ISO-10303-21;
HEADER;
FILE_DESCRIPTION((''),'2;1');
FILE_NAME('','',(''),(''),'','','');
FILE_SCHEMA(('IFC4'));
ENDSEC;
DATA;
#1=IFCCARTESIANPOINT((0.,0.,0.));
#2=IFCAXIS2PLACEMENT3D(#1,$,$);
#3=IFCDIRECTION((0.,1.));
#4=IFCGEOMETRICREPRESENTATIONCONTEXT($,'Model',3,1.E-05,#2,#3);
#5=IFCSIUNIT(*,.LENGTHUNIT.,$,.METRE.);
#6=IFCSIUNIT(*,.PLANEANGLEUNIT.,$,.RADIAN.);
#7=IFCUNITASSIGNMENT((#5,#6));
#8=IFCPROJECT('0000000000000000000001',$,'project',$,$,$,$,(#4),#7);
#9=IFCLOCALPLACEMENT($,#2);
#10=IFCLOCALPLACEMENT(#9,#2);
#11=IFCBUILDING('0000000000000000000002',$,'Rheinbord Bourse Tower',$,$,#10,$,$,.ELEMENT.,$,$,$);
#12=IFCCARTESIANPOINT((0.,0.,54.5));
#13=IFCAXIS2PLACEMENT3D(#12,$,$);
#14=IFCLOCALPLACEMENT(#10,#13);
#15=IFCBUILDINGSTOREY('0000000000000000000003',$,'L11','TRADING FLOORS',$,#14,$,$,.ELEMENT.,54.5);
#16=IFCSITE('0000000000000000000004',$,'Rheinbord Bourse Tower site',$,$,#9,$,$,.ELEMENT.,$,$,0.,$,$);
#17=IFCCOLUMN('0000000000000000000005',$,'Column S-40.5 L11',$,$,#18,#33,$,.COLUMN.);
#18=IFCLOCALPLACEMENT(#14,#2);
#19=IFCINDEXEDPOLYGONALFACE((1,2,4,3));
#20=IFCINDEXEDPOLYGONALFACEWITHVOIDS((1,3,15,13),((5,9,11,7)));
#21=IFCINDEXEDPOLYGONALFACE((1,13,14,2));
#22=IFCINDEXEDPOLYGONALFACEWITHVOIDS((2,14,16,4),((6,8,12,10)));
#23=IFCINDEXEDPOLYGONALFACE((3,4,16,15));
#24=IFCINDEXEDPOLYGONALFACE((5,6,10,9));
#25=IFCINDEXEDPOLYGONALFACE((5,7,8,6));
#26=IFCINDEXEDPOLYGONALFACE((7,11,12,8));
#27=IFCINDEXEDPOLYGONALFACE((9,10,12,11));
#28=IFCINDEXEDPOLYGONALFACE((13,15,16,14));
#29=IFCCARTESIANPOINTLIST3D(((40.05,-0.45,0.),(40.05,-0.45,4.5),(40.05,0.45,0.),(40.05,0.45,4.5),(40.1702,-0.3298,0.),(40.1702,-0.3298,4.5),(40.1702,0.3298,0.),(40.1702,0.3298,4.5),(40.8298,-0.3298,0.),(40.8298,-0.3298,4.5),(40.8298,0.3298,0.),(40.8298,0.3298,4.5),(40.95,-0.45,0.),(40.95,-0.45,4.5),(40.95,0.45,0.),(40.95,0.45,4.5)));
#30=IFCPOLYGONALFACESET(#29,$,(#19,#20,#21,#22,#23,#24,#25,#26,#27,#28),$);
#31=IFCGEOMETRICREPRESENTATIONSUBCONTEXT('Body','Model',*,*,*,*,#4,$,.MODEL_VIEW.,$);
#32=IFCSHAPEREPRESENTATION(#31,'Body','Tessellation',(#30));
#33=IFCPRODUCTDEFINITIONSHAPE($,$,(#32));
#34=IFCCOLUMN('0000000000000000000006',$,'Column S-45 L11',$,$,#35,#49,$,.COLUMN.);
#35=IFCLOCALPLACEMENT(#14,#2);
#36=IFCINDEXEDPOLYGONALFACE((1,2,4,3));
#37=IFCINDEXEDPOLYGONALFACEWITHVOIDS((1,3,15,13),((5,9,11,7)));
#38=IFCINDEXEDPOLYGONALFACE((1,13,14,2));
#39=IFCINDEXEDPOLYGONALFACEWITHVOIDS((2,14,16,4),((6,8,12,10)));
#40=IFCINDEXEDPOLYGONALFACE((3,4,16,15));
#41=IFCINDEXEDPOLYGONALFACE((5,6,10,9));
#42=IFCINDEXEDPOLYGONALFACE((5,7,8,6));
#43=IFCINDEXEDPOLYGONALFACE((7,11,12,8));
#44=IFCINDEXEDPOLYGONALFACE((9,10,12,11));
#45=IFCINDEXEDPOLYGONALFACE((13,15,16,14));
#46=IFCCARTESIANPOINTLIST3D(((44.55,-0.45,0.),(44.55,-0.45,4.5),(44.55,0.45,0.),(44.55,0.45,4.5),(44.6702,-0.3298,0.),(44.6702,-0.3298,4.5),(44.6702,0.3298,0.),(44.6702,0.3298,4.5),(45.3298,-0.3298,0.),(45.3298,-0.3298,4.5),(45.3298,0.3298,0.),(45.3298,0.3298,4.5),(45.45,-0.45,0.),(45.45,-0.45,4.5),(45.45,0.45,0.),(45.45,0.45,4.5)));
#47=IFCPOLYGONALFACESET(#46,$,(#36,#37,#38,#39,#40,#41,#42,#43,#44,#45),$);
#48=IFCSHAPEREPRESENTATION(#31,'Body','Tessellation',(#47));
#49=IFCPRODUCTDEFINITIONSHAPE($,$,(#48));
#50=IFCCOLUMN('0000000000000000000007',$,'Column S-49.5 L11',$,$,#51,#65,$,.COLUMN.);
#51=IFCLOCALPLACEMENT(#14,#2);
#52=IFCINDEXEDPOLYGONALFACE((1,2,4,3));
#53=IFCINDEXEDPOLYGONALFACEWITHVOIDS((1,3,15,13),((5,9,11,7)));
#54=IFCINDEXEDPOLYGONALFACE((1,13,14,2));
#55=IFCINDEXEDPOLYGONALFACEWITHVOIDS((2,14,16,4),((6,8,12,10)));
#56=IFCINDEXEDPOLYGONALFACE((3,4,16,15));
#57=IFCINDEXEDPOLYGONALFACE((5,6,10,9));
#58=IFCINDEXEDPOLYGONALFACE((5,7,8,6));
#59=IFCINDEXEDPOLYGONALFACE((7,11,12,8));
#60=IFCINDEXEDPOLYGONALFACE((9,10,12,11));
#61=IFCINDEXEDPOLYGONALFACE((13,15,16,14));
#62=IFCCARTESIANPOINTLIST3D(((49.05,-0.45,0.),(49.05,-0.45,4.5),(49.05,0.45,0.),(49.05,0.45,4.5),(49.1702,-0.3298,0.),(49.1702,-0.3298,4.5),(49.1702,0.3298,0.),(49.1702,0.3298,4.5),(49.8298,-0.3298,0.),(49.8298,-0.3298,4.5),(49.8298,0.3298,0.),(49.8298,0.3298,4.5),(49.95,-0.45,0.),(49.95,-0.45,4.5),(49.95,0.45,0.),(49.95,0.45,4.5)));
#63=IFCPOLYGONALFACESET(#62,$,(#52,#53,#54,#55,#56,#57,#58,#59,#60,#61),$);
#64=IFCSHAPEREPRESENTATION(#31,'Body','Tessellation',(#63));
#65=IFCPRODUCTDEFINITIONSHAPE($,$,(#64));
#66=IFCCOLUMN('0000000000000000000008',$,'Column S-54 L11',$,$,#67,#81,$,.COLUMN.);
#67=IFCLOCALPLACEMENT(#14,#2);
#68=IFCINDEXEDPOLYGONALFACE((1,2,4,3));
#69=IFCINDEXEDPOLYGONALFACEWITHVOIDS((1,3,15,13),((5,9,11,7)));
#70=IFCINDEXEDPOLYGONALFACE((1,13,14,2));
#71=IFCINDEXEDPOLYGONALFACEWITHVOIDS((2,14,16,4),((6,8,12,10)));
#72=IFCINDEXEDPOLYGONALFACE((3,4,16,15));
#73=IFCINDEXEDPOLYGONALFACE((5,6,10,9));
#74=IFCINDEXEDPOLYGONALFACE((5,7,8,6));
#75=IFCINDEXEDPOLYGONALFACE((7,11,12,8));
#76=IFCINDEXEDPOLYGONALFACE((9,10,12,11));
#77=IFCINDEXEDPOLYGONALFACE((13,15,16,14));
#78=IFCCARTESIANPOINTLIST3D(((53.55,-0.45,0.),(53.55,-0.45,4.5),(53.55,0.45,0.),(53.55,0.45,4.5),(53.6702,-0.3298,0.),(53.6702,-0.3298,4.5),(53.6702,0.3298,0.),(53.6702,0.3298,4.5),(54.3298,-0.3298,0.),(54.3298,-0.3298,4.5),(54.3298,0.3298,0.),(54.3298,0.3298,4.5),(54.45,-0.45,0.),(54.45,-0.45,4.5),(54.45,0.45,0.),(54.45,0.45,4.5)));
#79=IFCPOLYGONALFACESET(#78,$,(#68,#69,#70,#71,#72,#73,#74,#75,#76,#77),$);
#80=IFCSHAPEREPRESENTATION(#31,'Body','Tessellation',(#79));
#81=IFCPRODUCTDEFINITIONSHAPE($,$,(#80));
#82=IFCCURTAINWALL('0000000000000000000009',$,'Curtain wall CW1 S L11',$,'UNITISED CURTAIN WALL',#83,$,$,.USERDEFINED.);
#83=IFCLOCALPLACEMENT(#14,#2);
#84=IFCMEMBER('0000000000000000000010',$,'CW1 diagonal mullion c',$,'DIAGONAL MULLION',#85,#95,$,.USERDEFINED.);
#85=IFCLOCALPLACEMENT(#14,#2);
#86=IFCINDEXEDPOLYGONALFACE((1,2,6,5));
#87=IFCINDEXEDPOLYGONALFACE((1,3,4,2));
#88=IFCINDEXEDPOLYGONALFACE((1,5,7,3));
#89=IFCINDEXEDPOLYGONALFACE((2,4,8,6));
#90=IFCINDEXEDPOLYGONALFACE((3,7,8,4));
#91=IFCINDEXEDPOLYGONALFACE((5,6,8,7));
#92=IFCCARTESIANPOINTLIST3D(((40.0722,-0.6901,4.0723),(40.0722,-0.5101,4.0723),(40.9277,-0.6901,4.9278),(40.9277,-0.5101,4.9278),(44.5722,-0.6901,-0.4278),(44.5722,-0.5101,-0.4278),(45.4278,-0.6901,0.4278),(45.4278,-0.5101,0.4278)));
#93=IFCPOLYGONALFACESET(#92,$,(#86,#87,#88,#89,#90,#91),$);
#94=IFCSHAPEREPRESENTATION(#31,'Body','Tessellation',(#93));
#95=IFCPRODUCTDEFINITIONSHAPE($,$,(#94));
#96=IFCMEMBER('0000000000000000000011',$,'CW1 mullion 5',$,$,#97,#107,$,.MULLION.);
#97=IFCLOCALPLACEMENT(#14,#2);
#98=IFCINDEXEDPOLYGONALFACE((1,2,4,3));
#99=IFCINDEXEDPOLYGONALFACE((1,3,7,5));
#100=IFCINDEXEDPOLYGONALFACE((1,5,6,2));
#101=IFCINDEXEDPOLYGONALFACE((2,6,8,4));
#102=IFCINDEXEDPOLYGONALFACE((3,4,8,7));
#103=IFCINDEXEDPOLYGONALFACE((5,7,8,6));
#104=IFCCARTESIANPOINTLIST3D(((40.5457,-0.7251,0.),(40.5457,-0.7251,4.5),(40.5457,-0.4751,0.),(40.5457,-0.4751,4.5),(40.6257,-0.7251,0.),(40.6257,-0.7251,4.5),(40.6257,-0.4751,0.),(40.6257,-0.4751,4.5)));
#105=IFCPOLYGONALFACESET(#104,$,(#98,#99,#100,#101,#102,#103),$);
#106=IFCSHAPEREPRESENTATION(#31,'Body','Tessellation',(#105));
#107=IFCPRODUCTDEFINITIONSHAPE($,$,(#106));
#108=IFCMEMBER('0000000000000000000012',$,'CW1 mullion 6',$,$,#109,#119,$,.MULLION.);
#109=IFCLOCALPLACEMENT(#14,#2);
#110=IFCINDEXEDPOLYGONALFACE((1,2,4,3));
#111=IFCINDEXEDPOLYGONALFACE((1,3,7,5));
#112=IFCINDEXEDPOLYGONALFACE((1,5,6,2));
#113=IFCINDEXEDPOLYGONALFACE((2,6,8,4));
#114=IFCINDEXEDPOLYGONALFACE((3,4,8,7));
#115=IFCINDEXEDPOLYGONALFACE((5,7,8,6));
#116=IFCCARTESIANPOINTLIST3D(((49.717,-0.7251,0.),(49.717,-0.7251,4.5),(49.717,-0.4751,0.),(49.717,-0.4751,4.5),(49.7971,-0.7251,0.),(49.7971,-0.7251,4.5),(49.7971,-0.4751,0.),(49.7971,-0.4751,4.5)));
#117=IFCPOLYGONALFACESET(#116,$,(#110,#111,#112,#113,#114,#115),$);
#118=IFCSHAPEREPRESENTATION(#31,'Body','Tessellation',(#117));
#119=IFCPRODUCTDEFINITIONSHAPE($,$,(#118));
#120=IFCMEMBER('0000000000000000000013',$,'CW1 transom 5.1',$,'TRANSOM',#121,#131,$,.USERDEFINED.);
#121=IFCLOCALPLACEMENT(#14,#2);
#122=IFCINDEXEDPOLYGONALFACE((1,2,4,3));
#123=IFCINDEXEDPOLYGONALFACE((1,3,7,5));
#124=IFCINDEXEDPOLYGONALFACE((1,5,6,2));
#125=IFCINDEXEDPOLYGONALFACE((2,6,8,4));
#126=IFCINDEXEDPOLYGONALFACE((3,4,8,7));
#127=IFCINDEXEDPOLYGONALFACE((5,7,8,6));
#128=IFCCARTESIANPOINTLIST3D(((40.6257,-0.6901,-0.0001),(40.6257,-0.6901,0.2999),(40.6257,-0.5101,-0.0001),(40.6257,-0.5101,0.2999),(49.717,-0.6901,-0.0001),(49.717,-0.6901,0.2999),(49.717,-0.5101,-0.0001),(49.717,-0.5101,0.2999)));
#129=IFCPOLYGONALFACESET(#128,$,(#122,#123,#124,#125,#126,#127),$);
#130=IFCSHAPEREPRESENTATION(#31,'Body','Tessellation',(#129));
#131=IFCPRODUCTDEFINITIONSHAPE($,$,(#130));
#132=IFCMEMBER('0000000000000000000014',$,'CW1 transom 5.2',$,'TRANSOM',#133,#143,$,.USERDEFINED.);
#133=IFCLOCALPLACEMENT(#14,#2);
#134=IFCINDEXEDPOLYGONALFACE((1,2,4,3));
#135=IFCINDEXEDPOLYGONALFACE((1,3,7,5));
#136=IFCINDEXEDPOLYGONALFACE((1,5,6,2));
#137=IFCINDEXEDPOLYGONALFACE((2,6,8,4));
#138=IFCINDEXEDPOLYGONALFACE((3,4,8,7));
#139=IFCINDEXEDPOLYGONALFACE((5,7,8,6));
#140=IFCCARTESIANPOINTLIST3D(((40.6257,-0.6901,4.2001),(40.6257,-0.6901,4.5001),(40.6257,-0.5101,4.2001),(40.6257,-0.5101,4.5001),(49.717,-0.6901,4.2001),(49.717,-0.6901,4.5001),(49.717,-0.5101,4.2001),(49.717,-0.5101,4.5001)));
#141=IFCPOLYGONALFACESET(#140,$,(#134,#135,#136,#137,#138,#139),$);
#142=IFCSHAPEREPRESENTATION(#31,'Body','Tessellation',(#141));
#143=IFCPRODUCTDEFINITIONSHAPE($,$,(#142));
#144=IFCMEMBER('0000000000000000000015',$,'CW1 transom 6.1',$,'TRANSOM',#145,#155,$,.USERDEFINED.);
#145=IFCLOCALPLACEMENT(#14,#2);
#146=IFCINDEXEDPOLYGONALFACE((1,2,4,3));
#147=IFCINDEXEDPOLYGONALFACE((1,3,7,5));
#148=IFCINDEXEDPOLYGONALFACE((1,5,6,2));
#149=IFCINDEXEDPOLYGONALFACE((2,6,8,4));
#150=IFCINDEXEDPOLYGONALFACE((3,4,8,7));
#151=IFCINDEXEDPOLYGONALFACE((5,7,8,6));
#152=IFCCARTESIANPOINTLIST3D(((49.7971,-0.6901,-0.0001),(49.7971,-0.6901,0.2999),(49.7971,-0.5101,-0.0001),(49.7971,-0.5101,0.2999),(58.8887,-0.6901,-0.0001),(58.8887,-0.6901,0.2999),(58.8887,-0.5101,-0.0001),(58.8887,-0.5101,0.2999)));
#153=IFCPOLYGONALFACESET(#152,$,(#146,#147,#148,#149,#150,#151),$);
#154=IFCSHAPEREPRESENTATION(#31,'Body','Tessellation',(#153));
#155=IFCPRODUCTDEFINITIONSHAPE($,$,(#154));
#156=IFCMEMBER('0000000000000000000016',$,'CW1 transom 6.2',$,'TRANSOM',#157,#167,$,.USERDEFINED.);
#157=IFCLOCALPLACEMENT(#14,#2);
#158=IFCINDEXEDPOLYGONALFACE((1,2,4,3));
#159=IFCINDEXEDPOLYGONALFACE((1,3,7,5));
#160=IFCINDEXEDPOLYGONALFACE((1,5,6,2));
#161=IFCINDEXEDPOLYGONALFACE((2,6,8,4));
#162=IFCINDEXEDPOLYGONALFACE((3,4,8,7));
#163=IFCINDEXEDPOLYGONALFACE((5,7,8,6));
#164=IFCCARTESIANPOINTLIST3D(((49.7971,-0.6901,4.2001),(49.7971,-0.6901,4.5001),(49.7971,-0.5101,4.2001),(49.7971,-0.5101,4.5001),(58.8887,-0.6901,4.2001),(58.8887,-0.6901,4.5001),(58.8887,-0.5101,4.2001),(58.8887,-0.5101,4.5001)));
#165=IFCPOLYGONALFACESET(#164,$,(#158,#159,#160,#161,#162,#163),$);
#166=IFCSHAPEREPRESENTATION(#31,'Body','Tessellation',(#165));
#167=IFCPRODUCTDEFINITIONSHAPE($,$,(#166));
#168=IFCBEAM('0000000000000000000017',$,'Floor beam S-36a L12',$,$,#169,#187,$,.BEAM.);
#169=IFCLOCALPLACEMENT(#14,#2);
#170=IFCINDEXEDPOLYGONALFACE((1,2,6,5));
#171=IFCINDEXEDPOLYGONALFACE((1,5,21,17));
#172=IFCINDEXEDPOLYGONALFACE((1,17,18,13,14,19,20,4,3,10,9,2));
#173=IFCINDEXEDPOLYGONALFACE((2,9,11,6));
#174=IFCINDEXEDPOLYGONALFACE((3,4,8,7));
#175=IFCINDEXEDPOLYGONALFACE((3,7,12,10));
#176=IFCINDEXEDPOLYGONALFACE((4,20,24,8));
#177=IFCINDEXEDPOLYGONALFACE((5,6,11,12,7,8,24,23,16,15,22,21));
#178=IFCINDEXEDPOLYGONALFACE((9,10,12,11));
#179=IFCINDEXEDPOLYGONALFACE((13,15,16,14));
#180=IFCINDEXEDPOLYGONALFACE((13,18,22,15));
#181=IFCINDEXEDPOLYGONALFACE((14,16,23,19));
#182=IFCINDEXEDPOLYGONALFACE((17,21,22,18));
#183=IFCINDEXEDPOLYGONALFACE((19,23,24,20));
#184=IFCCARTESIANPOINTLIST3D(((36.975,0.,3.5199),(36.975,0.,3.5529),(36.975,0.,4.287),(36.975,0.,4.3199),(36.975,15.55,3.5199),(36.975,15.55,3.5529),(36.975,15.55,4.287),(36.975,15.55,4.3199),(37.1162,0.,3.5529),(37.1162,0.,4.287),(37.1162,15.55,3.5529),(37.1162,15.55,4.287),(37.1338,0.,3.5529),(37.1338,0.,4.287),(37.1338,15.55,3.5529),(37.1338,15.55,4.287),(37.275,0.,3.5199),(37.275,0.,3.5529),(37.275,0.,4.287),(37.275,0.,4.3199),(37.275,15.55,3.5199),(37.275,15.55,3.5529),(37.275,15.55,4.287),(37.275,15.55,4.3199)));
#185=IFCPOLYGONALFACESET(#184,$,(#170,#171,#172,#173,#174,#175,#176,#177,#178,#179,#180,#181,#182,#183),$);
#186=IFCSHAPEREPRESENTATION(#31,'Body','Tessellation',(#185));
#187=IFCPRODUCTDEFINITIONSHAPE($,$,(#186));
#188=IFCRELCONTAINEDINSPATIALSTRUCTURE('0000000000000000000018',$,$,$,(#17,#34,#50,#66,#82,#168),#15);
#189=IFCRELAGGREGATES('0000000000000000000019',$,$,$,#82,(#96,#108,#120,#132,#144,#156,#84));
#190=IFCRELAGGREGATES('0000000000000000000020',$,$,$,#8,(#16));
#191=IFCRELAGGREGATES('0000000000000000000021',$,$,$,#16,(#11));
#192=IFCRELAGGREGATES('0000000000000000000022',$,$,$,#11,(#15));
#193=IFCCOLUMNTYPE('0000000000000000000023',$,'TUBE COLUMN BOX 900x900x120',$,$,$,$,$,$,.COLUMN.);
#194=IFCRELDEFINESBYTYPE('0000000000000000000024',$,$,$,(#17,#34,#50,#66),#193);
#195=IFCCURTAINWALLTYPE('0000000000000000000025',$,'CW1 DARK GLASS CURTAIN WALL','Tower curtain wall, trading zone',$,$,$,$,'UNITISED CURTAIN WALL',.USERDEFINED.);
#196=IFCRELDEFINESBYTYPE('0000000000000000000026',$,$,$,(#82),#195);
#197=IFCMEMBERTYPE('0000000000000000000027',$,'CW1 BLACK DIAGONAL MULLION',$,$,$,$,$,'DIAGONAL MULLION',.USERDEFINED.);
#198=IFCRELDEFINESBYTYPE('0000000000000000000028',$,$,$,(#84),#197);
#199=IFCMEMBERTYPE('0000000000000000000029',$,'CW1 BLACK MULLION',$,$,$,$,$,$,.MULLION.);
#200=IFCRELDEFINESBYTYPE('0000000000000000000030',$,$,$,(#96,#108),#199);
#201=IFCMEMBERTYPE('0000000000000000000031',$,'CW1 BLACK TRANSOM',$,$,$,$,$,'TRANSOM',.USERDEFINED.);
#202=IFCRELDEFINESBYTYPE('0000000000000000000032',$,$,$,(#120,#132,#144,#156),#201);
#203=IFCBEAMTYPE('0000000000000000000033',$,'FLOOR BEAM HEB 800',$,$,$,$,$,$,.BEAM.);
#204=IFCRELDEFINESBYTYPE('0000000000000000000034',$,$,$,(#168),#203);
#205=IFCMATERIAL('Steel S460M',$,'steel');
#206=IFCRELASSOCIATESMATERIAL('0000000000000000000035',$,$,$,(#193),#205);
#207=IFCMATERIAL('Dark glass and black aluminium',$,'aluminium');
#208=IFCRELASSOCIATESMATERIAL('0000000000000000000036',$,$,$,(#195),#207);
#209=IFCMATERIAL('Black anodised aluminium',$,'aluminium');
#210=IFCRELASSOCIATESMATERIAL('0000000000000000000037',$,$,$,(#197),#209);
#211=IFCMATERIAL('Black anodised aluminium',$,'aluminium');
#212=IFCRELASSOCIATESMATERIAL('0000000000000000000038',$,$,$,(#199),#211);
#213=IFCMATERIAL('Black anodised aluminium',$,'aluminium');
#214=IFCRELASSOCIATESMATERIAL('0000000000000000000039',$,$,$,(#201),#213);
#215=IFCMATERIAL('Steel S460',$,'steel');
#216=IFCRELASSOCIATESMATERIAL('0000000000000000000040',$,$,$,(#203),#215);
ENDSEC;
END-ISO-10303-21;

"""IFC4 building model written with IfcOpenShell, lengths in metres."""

from ifc_helpers import new_model, si_unit, direction, frame, origin, origin_2d, place, context, subcontext, project, spatial, rectangle, hollow_rectangle, i_section, extrude, material, material_profile, profile_set, type_object, element, aggregate, save


model = new_model("IFC4")

# Units and contexts
model_context = context("Model", 3, precision=1e-05, world=origin(), true_north=direction((0.0, 1.0)))
body_context = subcontext(model_context, "Body", "Model", "MODEL_VIEW")
ifc_project = project(units=[si_unit("LENGTHUNIT", "METRE"), si_unit("PLANEANGLEUNIT", "RADIAN")], contexts=[model_context])

# Site, building, storey
site_placement = place(None, origin())
site = spatial("IfcSite", under=ifc_project, at=site_placement, Name="Rheinbord Bourse Tower site", CompositionType="ELEMENT", RefElevation=0.0)
building_placement = place(site_placement, origin())
building = spatial("IfcBuilding", under=site, at=building_placement, Name="Rheinbord Bourse Tower", CompositionType="ELEMENT")
storey_placement = place(building_placement, frame((0.0, 0.0, 54.5)))
storey = spatial("IfcBuildingStorey", under=building, at=storey_placement, Name="L11", Description="TRADING FLOORS", CompositionType="ELEMENT", Elevation=54.5)

# Columns
ifc_material_1 = material(Name="Steel S460M", Category="steel")
ifc_material_profile_1 = material_profile(ifc_material_1, hollow_rectangle(XDim=0.8999, YDim=0.8999, WallThickness=0.1201, at=origin_2d()), Name="BOX 900x900x120")
ifc_profile_set_1 = profile_set([ifc_material_profile_1], Name="Steel S460M")
column_type = type_object("IfcColumnType", Name="TUBE COLUMN BOX 900x900x120", PredefinedType="COLUMN", material=ifc_profile_set_1)
for number, where, z_axis, x_axis, name in (
    (1, (40.5, 0.0, 0.0), (0.0, 0.0, 1.0), (0.0, 1.0, 0.0), "Column S-40.5 L11"),
    (2, (45.0, 0.0, 0.0), (0.0, 0.0, 1.0), (0.0, 1.0, 0.0), "Column S-45 L11"),
    (3, (49.5, 0.0, 0.0), (0.0, 0.0, 1.0), (0.0, 1.0, 0.0), "Column S-49.5 L11"),
    (4, (54.0, 0.0, 0.0), (0.0, 0.0, 1.0), (0.0, 1.0, 0.0), "Column S-54 L11"),
):
    element("IfcColumn", number, at=place(storey_placement, frame(where, z_axis=z_axis, x_axis=x_axis)), inside=storey, type_object=column_type, Name=name, PredefinedType="COLUMN", context=body_context, shape_type="SweptSolid", body=[
        extrude(hollow_rectangle(XDim=0.8999, YDim=0.8999, WallThickness=0.1201, at=origin_2d()), origin(), (0.0, 0.0, 1.0), 4.5),
    ])

# Curtain wall, members
ifc_material_2 = material(Name="Dark glass and black aluminium", Category="aluminium")
curtain_wall_type = type_object("IfcCurtainWallType", Name="CW1 DARK GLASS CURTAIN WALL", Description="Tower curtain wall, trading zone", ElementType="UNITISED CURTAIN WALL", PredefinedType="USERDEFINED", material=ifc_material_2)
curtain_wall_placement = place(storey_placement, origin())
curtain_wall = element("IfcCurtainWall", 5, at=curtain_wall_placement, inside=storey, type_object=curtain_wall_type, Name="Curtain wall CW1 S L11", ObjectType="UNITISED CURTAIN WALL", PredefinedType="USERDEFINED")
ifc_material_3 = material(Name="Black anodised aluminium", Category="aluminium")
ifc_material_profile_2 = material_profile(ifc_material_3, rectangle(XDim=0.1799, YDim=1.21, at=origin_2d()), Name="CW1 DIAGONAL MULLION 1210x180")
ifc_profile_set_2 = profile_set([ifc_material_profile_2], Name="Black anodised aluminium")
member_type_1 = type_object("IfcMemberType", Name="CW1 BLACK DIAGONAL MULLION", ElementType="DIAGONAL MULLION", PredefinedType="USERDEFINED", material=ifc_profile_set_2)
member_1_placement = place(storey_placement, frame((45.0, -0.6001, 0.0), z_axis=(-0.707107, 0.0, 0.707107), x_axis=(0.0, -1.0, 0.0)))
member_1 = element("IfcMember", 6, at=member_1_placement, type_object=member_type_1, Name="CW1 diagonal mullion c", ObjectType="DIAGONAL MULLION", PredefinedType="USERDEFINED", context=body_context, shape_type="SweptSolid", body=[
    extrude(rectangle(XDim=0.1799, YDim=1.21, at=origin_2d()), origin(), (0.0, 0.0, 1.0), 6.364),
])
ifc_material_4 = material(Name="Black anodised aluminium", Category="aluminium")
ifc_material_profile_3 = material_profile(ifc_material_4, rectangle(XDim=0.25, YDim=0.0801, at=origin_2d()), Name="CW1 MULLION 80x250")
ifc_profile_set_3 = profile_set([ifc_material_profile_3], Name="Black anodised aluminium")
member_type_2 = type_object("IfcMemberType", Name="CW1 BLACK MULLION", PredefinedType="MULLION", material=ifc_profile_set_3)
member_2_placement = place(storey_placement, frame((40.5857, -0.6001, 0.0), z_axis=(0.0, 0.0, 1.0), x_axis=(0.0, 1.0, 0.0)))
member_2 = element("IfcMember", 7, at=member_2_placement, type_object=member_type_2, Name="CW1 mullion 5", PredefinedType="MULLION", context=body_context, shape_type="SweptSolid", body=[
    extrude(rectangle(XDim=0.25, YDim=0.0801, at=origin_2d()), origin(), (0.0, 0.0, 1.0), 4.5),
])
member_3_placement = place(storey_placement, frame((49.7571, -0.6001, 0.0), z_axis=(0.0, 0.0, 1.0), x_axis=(0.0, 1.0, 0.0)))
member_3 = element("IfcMember", 8, at=member_3_placement, type_object=member_type_2, Name="CW1 mullion 6", PredefinedType="MULLION", context=body_context, shape_type="SweptSolid", body=[
    extrude(rectangle(XDim=0.25, YDim=0.0801, at=origin_2d()), origin(), (0.0, 0.0, 1.0), 4.5),
])
ifc_material_5 = material(Name="Black anodised aluminium", Category="aluminium")
ifc_material_profile_4 = material_profile(ifc_material_5, rectangle(XDim=0.1799, YDim=0.3, at=origin_2d()), Name="CW1 TRANSOM 300x180")
ifc_profile_set_4 = profile_set([ifc_material_profile_4], Name="Black anodised aluminium")
member_type_3 = type_object("IfcMemberType", Name="CW1 BLACK TRANSOM", ElementType="TRANSOM", PredefinedType="USERDEFINED", material=ifc_profile_set_4)
member_4_placement = place(storey_placement, frame((40.6257, -0.6001, 0.1499), z_axis=(1.0, 0.0, 0.0), x_axis=(0.0, 1.0, 0.0)))
member_4 = element("IfcMember", 9, at=member_4_placement, type_object=member_type_3, Name="CW1 transom 5.1", ObjectType="TRANSOM", PredefinedType="USERDEFINED", context=body_context, shape_type="SweptSolid", body=[
    extrude(rectangle(XDim=0.1799, YDim=0.3, at=origin_2d()), origin(), (0.0, 0.0, 1.0), 9.0913),
])
member_5_placement = place(storey_placement, frame((40.6257, -0.6001, 4.3501), z_axis=(1.0, 0.0, 0.0), x_axis=(0.0, 1.0, 0.0)))
member_5 = element("IfcMember", 10, at=member_5_placement, type_object=member_type_3, Name="CW1 transom 5.2", ObjectType="TRANSOM", PredefinedType="USERDEFINED", context=body_context, shape_type="SweptSolid", body=[
    extrude(rectangle(XDim=0.1799, YDim=0.3, at=origin_2d()), origin(), (0.0, 0.0, 1.0), 9.0913),
])
member_6_placement = place(storey_placement, frame((49.7971, -0.6001, 0.1499), z_axis=(1.0, 0.0, 0.0), x_axis=(0.0, 1.0, 0.0)))
member_6 = element("IfcMember", 11, at=member_6_placement, type_object=member_type_3, Name="CW1 transom 6.1", ObjectType="TRANSOM", PredefinedType="USERDEFINED", context=body_context, shape_type="SweptSolid", body=[
    extrude(rectangle(XDim=0.1799, YDim=0.3, at=origin_2d()), origin(), (0.0, 0.0, 1.0), 9.0916),
])
member_7_placement = place(storey_placement, frame((49.7971, -0.6001, 4.3501), z_axis=(1.0, 0.0, 0.0), x_axis=(0.0, 1.0, 0.0)))
member_7 = element("IfcMember", 12, at=member_7_placement, type_object=member_type_3, Name="CW1 transom 6.2", ObjectType="TRANSOM", PredefinedType="USERDEFINED", context=body_context, shape_type="SweptSolid", body=[
    extrude(rectangle(XDim=0.1799, YDim=0.3, at=origin_2d()), origin(), (0.0, 0.0, 1.0), 9.0916),
])

# Beam
ifc_material_6 = material(Name="Steel S460", Category="steel")
ifc_material_profile_5 = material_profile(ifc_material_6, i_section(OverallWidth=0.3, OverallDepth=0.8, WebThickness=0.0176, FlangeThickness=0.033, at=origin_2d()), Name="HEB 800")
ifc_profile_set_5 = profile_set([ifc_material_profile_5], Name="Steel S460")
beam_type_1 = type_object("IfcBeamType", Name="FLOOR BEAM HEB 800", PredefinedType="BEAM", material=ifc_profile_set_5)
for number, where, z_axis, x_axis, name in (
    (13, (37.125, 0.0, 3.9199), (0.0, 1.0, 0.0), (-1.0, 0.0, 0.0), "Floor beam S-36a L12"),
):
    element("IfcBeam", number, at=place(storey_placement, frame(where, z_axis=z_axis, x_axis=x_axis)), inside=storey, type_object=beam_type_1, Name=name, PredefinedType="BEAM", context=body_context, shape_type="SweptSolid", body=[
        extrude(i_section(OverallWidth=0.3, OverallDepth=0.8, WebThickness=0.0176, FlangeThickness=0.033, at=origin_2d()), origin(), (0.0, 0.0, 1.0), 15.55),
    ])

aggregate(curtain_wall, [member_2, member_3, member_4, member_5, member_6, member_7, member_1])

save(model, "model.ifc")
